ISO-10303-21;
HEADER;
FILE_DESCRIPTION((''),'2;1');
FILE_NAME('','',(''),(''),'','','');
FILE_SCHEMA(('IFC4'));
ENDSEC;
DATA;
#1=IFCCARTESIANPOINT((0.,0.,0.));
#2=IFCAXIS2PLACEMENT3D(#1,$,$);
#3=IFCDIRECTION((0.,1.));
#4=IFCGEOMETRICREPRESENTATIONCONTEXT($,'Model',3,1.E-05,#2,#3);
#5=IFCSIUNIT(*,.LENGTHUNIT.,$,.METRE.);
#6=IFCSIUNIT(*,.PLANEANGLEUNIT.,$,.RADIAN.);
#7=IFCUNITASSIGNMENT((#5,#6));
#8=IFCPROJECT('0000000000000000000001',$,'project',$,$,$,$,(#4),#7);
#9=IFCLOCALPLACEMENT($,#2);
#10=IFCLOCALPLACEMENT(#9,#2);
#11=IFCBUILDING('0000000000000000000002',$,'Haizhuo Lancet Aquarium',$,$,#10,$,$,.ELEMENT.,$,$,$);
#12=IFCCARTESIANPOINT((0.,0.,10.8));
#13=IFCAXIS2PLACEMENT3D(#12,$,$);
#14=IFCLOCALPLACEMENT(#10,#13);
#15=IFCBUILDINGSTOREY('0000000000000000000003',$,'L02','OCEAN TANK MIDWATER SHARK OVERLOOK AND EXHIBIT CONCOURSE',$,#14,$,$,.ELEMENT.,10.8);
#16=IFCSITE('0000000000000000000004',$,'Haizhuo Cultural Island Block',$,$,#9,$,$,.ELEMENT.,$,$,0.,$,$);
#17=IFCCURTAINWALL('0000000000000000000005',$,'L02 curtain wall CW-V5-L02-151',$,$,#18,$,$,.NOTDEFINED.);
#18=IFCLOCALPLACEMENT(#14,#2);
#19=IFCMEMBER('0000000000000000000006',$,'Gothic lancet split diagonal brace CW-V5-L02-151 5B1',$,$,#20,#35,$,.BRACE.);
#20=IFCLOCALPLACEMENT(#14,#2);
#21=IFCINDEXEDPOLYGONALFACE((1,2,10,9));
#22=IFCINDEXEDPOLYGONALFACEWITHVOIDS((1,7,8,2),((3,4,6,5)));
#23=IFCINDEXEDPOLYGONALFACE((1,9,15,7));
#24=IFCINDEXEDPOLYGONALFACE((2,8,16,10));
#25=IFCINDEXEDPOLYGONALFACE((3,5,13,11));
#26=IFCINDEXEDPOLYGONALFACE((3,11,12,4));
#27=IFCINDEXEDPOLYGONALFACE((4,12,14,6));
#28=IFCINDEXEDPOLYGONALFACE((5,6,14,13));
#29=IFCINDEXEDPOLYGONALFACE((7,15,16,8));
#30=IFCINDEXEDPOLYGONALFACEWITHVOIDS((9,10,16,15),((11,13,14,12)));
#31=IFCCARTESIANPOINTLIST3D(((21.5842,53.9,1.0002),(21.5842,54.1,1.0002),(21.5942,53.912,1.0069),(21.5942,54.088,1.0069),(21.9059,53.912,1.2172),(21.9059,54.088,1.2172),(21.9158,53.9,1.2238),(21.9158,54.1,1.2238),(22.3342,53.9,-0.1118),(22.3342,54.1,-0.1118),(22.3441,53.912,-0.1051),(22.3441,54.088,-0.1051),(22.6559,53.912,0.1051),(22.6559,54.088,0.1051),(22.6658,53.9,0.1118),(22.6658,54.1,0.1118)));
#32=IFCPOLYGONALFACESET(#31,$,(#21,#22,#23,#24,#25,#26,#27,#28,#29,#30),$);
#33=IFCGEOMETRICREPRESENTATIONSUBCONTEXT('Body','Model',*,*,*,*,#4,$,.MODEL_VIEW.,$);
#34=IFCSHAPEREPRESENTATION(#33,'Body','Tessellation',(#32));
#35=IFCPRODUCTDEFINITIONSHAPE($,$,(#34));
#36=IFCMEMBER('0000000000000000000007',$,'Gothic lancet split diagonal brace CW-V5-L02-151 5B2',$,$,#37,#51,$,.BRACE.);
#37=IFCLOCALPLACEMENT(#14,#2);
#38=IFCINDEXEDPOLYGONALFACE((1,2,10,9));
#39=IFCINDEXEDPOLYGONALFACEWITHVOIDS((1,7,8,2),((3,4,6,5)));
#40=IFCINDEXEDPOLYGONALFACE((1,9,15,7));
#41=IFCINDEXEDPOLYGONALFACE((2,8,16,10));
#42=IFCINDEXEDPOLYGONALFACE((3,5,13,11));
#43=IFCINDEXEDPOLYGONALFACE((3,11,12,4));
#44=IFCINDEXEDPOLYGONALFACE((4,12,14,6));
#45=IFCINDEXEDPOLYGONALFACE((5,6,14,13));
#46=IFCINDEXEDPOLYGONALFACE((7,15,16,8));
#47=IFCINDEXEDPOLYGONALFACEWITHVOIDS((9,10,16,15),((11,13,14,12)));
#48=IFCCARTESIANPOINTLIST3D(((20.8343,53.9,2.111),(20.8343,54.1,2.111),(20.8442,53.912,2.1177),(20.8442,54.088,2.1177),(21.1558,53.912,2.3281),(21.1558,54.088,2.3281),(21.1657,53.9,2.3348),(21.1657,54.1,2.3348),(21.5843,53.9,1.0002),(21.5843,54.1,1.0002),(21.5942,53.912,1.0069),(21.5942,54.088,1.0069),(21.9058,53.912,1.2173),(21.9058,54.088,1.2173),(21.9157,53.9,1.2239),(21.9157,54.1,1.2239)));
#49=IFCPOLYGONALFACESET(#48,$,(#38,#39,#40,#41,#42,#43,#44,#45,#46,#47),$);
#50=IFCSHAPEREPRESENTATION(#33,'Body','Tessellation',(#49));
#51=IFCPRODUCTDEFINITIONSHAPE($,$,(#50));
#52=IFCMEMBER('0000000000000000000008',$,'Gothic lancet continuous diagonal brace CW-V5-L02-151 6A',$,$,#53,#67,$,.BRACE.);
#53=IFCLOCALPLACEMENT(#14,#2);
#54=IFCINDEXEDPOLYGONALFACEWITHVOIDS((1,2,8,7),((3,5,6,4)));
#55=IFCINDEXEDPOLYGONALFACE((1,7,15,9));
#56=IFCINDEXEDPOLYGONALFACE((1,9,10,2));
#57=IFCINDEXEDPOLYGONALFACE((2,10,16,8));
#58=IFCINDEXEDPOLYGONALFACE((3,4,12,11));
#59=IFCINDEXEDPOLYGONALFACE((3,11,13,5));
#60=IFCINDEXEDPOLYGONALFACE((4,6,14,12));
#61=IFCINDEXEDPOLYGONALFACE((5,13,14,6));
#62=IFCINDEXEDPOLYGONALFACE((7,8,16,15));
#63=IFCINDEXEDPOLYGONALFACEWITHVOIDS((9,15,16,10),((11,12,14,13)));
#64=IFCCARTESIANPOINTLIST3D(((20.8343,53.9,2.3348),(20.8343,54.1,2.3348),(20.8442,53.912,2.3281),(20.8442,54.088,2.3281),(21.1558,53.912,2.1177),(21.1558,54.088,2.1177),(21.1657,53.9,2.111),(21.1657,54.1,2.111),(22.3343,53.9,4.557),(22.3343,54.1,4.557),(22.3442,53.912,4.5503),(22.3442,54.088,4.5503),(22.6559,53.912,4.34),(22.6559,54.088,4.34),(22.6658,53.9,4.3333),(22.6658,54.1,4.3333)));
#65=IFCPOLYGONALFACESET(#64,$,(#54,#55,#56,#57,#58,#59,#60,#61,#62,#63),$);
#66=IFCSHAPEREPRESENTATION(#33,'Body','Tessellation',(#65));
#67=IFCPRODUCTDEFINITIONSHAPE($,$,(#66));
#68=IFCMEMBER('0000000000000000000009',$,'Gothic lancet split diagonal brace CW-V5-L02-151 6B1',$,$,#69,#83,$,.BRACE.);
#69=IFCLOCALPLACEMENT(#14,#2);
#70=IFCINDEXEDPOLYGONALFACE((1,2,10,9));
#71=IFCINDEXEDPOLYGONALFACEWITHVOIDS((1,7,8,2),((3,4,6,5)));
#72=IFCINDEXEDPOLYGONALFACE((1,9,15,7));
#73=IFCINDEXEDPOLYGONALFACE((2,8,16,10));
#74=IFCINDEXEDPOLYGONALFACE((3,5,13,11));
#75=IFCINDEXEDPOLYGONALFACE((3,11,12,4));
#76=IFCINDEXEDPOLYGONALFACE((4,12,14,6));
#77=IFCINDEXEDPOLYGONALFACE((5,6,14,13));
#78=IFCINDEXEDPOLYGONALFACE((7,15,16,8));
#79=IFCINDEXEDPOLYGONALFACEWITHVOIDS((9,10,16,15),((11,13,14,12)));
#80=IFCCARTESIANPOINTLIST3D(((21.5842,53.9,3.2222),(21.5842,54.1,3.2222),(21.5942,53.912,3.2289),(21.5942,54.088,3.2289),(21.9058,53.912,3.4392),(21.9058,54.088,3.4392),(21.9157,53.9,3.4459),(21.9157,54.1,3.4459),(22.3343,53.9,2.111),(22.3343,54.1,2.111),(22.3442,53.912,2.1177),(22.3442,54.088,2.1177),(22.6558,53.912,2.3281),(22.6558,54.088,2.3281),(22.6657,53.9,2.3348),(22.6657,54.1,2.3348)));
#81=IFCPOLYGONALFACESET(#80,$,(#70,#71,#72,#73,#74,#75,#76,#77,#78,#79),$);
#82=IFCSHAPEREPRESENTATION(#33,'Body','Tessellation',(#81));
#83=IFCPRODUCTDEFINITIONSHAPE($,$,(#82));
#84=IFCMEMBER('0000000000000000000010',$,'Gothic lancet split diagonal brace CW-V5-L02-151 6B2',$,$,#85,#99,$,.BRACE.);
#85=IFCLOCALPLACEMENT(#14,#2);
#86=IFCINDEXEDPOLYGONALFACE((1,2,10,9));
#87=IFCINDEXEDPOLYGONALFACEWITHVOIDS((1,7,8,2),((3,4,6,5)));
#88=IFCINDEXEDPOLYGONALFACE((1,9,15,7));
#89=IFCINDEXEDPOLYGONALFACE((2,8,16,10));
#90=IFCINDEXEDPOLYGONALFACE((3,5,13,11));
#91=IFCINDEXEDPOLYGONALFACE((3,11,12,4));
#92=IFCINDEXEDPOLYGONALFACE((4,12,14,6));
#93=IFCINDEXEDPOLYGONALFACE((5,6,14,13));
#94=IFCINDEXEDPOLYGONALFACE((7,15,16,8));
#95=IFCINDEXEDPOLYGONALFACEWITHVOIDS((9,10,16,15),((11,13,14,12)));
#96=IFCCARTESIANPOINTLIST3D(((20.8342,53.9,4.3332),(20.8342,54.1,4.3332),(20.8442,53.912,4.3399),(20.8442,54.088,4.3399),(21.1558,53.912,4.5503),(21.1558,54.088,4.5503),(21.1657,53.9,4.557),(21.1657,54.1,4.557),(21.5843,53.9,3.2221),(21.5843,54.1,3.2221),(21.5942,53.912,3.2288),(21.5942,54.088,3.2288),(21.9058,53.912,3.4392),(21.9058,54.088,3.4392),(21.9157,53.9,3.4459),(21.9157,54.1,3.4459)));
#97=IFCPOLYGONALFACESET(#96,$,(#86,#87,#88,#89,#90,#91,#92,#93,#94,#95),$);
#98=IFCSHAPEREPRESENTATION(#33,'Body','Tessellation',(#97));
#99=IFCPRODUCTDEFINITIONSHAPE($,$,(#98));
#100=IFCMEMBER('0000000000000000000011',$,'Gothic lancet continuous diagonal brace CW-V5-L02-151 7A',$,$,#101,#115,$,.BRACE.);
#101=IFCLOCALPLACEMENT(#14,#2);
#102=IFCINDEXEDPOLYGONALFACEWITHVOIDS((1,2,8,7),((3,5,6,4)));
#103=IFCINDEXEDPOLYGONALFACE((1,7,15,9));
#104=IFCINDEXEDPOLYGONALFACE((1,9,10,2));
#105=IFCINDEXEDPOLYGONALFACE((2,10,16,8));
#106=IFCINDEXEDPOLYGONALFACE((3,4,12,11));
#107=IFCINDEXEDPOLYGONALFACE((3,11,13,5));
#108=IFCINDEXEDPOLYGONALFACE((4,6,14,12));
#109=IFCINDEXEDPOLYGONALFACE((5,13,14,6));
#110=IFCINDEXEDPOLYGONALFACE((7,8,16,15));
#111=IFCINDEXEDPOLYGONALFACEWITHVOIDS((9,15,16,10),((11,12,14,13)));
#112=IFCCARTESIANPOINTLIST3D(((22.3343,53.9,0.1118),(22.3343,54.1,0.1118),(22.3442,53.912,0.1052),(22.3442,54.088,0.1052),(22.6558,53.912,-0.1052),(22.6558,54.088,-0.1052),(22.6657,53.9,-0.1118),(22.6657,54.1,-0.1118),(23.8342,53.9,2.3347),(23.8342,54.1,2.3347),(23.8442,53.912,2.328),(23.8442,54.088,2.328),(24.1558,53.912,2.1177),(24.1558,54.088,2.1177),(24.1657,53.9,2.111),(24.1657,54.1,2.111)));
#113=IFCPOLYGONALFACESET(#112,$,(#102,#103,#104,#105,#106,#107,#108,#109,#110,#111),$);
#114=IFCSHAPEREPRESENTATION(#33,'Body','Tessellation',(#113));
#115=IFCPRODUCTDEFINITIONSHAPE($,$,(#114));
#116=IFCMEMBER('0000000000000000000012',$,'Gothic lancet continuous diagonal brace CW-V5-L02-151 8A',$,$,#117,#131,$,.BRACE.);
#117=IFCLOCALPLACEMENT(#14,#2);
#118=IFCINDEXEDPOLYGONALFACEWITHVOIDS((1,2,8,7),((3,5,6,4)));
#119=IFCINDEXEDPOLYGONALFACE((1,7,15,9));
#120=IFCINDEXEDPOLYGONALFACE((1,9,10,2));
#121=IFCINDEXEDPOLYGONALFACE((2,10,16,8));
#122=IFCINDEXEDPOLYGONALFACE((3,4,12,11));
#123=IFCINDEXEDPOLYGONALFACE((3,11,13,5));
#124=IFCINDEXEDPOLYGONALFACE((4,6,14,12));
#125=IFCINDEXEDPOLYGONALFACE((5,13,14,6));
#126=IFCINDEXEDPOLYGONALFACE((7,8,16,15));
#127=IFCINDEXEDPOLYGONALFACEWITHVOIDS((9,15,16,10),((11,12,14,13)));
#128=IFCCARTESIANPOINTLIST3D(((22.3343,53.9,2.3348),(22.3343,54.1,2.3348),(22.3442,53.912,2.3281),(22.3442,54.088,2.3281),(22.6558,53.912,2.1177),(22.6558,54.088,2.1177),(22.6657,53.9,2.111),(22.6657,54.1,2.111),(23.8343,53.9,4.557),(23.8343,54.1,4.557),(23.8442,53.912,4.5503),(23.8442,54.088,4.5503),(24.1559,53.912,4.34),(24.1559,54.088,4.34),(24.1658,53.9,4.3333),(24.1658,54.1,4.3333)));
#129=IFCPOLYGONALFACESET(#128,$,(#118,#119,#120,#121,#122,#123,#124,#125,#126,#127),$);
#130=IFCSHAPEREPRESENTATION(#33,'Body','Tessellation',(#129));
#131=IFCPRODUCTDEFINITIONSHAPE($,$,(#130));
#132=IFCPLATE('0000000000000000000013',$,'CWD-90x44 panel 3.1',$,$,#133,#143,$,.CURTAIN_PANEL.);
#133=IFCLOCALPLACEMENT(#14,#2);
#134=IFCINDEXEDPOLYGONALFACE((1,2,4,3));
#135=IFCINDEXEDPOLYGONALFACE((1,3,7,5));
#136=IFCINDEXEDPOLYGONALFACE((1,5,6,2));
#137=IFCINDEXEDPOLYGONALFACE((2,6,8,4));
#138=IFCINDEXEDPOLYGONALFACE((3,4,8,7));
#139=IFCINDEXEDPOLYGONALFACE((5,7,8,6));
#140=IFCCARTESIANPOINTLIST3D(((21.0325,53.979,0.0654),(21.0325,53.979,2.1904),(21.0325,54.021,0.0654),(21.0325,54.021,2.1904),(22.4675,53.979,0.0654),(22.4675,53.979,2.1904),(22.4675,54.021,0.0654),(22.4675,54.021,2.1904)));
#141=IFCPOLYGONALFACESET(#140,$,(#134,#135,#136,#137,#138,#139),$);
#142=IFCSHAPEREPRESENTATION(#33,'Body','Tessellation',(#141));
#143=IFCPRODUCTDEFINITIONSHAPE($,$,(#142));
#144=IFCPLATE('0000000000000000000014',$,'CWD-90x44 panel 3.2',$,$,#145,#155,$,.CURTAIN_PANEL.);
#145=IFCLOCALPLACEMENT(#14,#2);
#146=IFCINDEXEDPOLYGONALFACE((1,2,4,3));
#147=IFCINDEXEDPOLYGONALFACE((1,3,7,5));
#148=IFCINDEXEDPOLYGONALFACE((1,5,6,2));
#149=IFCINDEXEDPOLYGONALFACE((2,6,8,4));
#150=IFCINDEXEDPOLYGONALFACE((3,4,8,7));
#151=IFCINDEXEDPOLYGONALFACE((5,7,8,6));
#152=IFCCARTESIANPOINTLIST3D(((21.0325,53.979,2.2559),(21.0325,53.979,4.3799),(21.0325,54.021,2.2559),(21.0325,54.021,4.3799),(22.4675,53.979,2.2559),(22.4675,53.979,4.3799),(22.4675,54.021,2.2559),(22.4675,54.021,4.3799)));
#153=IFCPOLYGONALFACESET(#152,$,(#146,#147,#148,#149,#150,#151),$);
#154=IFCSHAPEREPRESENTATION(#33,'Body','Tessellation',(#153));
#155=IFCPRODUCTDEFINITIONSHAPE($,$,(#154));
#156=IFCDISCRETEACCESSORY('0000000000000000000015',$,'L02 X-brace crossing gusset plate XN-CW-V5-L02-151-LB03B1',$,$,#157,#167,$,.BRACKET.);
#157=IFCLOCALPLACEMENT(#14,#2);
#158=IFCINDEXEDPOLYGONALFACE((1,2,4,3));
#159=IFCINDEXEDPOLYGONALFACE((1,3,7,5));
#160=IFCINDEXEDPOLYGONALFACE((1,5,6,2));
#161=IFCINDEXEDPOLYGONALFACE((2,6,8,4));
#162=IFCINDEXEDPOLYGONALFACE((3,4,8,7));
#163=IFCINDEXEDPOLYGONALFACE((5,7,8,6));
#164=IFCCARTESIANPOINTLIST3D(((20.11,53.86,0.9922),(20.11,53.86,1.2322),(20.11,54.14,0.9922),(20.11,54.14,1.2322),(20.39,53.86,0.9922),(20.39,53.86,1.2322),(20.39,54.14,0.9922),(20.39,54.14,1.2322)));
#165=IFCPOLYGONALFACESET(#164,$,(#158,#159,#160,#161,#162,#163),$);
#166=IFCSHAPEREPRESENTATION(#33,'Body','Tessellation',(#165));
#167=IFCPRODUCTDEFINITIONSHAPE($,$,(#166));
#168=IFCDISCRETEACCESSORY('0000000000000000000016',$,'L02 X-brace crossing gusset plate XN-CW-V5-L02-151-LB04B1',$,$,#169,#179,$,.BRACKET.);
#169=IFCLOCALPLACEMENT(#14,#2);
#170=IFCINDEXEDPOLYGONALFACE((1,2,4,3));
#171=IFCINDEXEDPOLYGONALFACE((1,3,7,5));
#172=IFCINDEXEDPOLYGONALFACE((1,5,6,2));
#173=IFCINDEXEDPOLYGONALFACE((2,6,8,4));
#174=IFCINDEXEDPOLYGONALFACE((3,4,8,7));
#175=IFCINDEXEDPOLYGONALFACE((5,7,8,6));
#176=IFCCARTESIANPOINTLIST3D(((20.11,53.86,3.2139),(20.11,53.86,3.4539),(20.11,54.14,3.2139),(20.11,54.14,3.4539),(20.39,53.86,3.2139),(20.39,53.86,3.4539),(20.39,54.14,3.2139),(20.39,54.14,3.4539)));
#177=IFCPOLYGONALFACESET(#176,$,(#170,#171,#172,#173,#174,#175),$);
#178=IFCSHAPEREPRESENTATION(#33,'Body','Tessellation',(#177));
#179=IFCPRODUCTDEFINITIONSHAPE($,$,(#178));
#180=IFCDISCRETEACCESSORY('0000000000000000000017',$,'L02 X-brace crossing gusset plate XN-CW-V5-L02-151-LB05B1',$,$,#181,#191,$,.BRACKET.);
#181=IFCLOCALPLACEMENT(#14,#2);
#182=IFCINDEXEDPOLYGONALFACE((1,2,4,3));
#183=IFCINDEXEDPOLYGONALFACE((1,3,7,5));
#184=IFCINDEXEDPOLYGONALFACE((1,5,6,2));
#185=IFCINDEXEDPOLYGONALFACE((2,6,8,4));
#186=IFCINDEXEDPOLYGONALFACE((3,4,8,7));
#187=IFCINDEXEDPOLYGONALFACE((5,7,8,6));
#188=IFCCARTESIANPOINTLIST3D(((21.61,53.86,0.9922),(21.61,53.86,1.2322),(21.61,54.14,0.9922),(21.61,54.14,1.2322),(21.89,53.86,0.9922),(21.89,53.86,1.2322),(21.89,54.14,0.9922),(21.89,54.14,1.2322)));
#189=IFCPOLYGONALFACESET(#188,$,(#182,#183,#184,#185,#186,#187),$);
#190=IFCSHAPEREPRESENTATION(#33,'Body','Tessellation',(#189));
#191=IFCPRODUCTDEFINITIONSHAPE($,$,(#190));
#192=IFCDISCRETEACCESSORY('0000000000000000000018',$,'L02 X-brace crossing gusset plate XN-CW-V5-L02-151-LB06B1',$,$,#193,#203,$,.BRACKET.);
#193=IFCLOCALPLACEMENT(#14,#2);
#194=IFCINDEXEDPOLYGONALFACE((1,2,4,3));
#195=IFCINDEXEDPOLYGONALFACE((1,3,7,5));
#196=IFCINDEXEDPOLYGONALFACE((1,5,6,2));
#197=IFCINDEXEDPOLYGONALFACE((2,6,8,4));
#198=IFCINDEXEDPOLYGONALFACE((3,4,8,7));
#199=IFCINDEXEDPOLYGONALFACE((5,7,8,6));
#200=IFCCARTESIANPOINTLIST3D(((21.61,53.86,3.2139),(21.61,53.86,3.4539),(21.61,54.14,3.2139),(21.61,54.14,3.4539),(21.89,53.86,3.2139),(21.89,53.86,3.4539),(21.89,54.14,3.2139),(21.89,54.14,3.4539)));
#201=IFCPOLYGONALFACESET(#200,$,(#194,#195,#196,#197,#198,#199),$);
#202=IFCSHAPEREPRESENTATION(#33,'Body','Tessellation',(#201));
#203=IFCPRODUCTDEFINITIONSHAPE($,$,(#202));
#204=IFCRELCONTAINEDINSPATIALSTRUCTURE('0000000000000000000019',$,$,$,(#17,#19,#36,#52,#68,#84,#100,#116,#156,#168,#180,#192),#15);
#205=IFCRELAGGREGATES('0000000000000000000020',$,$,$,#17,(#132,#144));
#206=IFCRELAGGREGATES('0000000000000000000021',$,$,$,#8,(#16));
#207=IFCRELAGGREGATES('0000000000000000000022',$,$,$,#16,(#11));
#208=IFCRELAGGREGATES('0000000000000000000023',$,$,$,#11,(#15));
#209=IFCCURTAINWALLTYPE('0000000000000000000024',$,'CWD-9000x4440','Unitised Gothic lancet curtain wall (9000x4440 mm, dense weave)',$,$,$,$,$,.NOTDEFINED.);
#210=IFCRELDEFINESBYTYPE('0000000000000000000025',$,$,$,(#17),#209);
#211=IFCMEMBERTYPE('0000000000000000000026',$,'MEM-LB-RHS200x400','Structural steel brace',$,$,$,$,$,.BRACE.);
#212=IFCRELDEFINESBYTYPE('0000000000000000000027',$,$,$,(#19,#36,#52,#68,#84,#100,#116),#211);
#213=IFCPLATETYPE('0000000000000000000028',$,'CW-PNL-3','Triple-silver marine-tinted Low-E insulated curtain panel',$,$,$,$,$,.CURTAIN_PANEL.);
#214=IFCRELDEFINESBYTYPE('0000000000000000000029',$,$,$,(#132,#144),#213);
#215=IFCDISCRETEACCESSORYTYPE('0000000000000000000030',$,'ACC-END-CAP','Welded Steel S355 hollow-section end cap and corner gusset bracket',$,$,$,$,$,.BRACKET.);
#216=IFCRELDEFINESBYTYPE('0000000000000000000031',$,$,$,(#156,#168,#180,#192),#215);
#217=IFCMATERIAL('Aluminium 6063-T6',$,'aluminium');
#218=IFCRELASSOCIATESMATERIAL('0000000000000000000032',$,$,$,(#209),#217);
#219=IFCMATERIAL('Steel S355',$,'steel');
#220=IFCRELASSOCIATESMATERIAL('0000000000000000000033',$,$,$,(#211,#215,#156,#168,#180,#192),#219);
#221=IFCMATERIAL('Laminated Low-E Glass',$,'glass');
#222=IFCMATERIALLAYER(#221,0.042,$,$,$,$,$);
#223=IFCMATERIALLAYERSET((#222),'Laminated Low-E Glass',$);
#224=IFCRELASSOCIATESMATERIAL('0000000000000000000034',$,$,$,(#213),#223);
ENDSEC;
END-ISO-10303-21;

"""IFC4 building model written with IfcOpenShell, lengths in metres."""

from ifc_helpers import new_model, si_unit, direction, frame, origin, origin_2d, place, context, subcontext, project, spatial, rectangle, hollow_rectangle, extrude, material, layer, layer_set, material_profile, profile_set, type_object, element, aggregate, save


model = new_model("IFC4")

# Units and contexts
model_context = context("Model", 3, precision=1e-05, world=origin(), true_north=direction((0.0, 1.0)))
body_context = subcontext(model_context, "Body", "Model", "MODEL_VIEW")
ifc_project = project(units=[si_unit("LENGTHUNIT", "METRE"), si_unit("PLANEANGLEUNIT", "RADIAN")], contexts=[model_context])

# Site, building, storey
site_placement = place(None, origin())
site = spatial("IfcSite", under=ifc_project, at=site_placement, Name="Haizhuo Cultural Island Block", CompositionType="ELEMENT", RefElevation=0.0)
building_placement = place(site_placement, origin())
building = spatial("IfcBuilding", under=site, at=building_placement, Name="Haizhuo Lancet Aquarium", CompositionType="ELEMENT")
storey_placement = place(building_placement, frame((0.0, 0.0, 10.8)))
storey = spatial("IfcBuildingStorey", under=building, at=storey_placement, Name="L02", Description="OCEAN TANK MIDWATER SHARK OVERLOOK AND EXHIBIT CONCOURSE", CompositionType="ELEMENT", Elevation=10.8)

# Curtain wall
ifc_material_1 = material(Name="Aluminium 6063-T6", Category="aluminium")
curtain_wall_type = type_object("IfcCurtainWallType", Name="CWD-9000x4440", Description="Unitised Gothic lancet curtain wall (9000x4440 mm, dense weave)", PredefinedType="NOTDEFINED", material=ifc_material_1)
curtain_wall_placement = place(storey_placement, origin())
curtain_wall = element("IfcCurtainWall", 1, at=curtain_wall_placement, inside=storey, type_object=curtain_wall_type, Name="L02 curtain wall CW-V5-L02-151", PredefinedType="NOTDEFINED")

# Members
ifc_material_2 = material(Name="Steel S355", Category="steel")
ifc_material_profile_1 = material_profile(ifc_material_2, hollow_rectangle(XDim=0.2, YDim=0.3999, WallThickness=0.012, at=origin_2d()), Name="RHS 200x400x12")
ifc_profile_set_1 = profile_set([ifc_material_profile_1], Name="Steel S355")
member_type_1 = type_object("IfcMemberType", Name="MEM-LB-RHS200x400", Description="Structural steel brace", PredefinedType="BRACE", material=ifc_profile_set_1)
member_1_placement = place(storey_placement, frame((22.5, 54.0, 0.0), z_axis=(-0.559145, 0.0, 0.82907), x_axis=(0.0, -1.0, 0.0)))
element("IfcMember", 2, at=member_1_placement, inside=storey, type_object=member_type_1, Name="Gothic lancet split diagonal brace CW-V5-L02-151 5B1", PredefinedType="BRACE", context=body_context, shape_type="SweptSolid", body=[
    extrude(hollow_rectangle(XDim=0.2, YDim=0.3999, WallThickness=0.012, at=origin_2d()), origin(), (0.0, 0.0, 1.0), 1.3413),
])
member_2_placement = place(storey_placement, frame((21.75, 54.0, 1.1121), z_axis=(-0.559567, 0.0, 0.828785), x_axis=(0.0, -1.0, 0.0)))
element("IfcMember", 3, at=member_2_placement, inside=storey, type_object=member_type_1, Name="Gothic lancet split diagonal brace CW-V5-L02-151 5B2", PredefinedType="BRACE", context=body_context, shape_type="SweptSolid", body=[
    extrude(hollow_rectangle(XDim=0.2, YDim=0.3999, WallThickness=0.012, at=origin_2d()), origin(), (0.0, 0.0, 1.0), 1.3403),
])
member_3_placement = place(storey_placement, frame((21.0, 54.0, 2.2229), z_axis=(0.559482, 0.0, 0.828842), x_axis=(0.0, 1.0, 0.0)))
element("IfcMember", 4, at=member_3_placement, inside=storey, type_object=member_type_1, Name="Gothic lancet continuous diagonal brace CW-V5-L02-151 6A", PredefinedType="BRACE", context=body_context, shape_type="SweptSolid", body=[
    extrude(hollow_rectangle(XDim=0.2, YDim=0.3999, WallThickness=0.012, at=origin_2d()), origin(), (0.0, 0.0, 1.0), 2.6812),
])
for number, where, z_axis, x_axis, name in (
    (5, (22.5, 54.0, 2.2229), (-0.559482, 0.0, 0.828842), (0.0, -1.0, 0.0), "Gothic lancet split diagonal brace CW-V5-L02-151 6B1"),
    (6, (21.75, 54.0, 3.334), (-0.559482, 0.0, 0.828842), (0.0, -1.0, 0.0), "Gothic lancet split diagonal brace CW-V5-L02-151 6B2"),
):
    element("IfcMember", number, at=place(storey_placement, frame(where, z_axis=z_axis, x_axis=x_axis)), inside=storey, type_object=member_type_1, Name=name, PredefinedType="BRACE", context=body_context, shape_type="SweptSolid", body=[
        extrude(hollow_rectangle(XDim=0.2, YDim=0.3999, WallThickness=0.012, at=origin_2d()), origin(), (0.0, 0.0, 1.0), 1.3406),
    ])
member_4_placement = place(storey_placement, frame((22.5, 54.0, 0.0), z_axis=(0.559356, 0.0, 0.828928), x_axis=(0.0, 1.0, 0.0)))
element("IfcMember", 7, at=member_4_placement, inside=storey, type_object=member_type_1, Name="Gothic lancet continuous diagonal brace CW-V5-L02-151 7A", PredefinedType="BRACE", context=body_context, shape_type="SweptSolid", body=[
    extrude(hollow_rectangle(XDim=0.2, YDim=0.3999, WallThickness=0.012, at=origin_2d()), origin(), (0.0, 0.0, 1.0), 2.6816),
])
member_5_placement = place(storey_placement, frame((22.5, 54.0, 2.2229), z_axis=(0.559482, 0.0, 0.828842), x_axis=(0.0, 1.0, 0.0)))
element("IfcMember", 8, at=member_5_placement, inside=storey, type_object=member_type_1, Name="Gothic lancet continuous diagonal brace CW-V5-L02-151 8A", PredefinedType="BRACE", context=body_context, shape_type="SweptSolid", body=[
    extrude(hollow_rectangle(XDim=0.2, YDim=0.3999, WallThickness=0.012, at=origin_2d()), origin(), (0.0, 0.0, 1.0), 2.6812),
])

# Plates
ifc_material_3 = material(Name="Laminated Low-E Glass", Category="glass")
ifc_layer = layer(ifc_material_3, 0.042)
ifc_layer_set = layer_set([ifc_layer], Name="Laminated Low-E Glass")
plate_type = type_object("IfcPlateType", Name="CW-PNL-3", Description="Triple-silver marine-tinted Low-E insulated curtain panel", PredefinedType="CURTAIN_PANEL", material=ifc_layer_set)
plate_1_placement = place(storey_placement, frame((21.75, 54.0, 0.0654), z_axis=(0.0, 0.0, 1.0), x_axis=(1.0, 0.0, 0.0)))
plate_1 = element("IfcPlate", 9, at=plate_1_placement, type_object=plate_type, Name="CWD-90x44 panel 3.1", PredefinedType="CURTAIN_PANEL", context=body_context, shape_type="SweptSolid", body=[
    extrude(rectangle(XDim=1.4351, YDim=0.042, at=origin_2d()), origin(), (0.0, 0.0, 1.0), 2.125),
])
plate_2_placement = place(storey_placement, frame((21.75, 54.0, 2.2559), z_axis=(0.0, 0.0, 1.0), x_axis=(1.0, 0.0, 0.0)))
plate_2 = element("IfcPlate", 10, at=plate_2_placement, type_object=plate_type, Name="CWD-90x44 panel 3.2", PredefinedType="CURTAIN_PANEL", context=body_context, shape_type="SweptSolid", body=[
    extrude(rectangle(XDim=1.4351, YDim=0.042, at=origin_2d()), origin(), (0.0, 0.0, 1.0), 2.124),
])
aggregate(curtain_wall, [plate_1, plate_2])

# Discrete accessories
discrete_accessory_type = type_object("IfcDiscreteAccessoryType", Name="ACC-END-CAP", Description="Welded Steel S355 hollow-section end cap and corner gusset bracket", PredefinedType="BRACKET", material=ifc_material_2)
for number, where, z_axis, x_axis, name in (
    (11, (20.25, 54.0, 0.9922), (0.0, 0.0, 1.0), (1.0, 0.0, 0.0), "L02 X-brace crossing gusset plate XN-CW-V5-L02-151-LB03B1"),
    (12, (20.25, 54.0, 3.2139), (0.0, 0.0, 1.0), (1.0, 0.0, 0.0), "L02 X-brace crossing gusset plate XN-CW-V5-L02-151-LB04B1"),
    (13, (21.75, 54.0, 0.9922), (0.0, 0.0, 1.0), (1.0, 0.0, 0.0), "L02 X-brace crossing gusset plate XN-CW-V5-L02-151-LB05B1"),
    (14, (21.75, 54.0, 3.2139), (0.0, 0.0, 1.0), (1.0, 0.0, 0.0), "L02 X-brace crossing gusset plate XN-CW-V5-L02-151-LB06B1"),
):
    element("IfcDiscreteAccessory", number, at=place(storey_placement, frame(where, z_axis=z_axis, x_axis=x_axis)), inside=storey, type_object=discrete_accessory_type, material=ifc_material_2, Name=name, PredefinedType="BRACKET", context=body_context, shape_type="SweptSolid", body=[
        extrude(rectangle(XDim=0.28, YDim=0.28, at=origin_2d()), origin(), (0.0, 0.0, 1.0), 0.24),
    ])

save(model, "model.ifc")
